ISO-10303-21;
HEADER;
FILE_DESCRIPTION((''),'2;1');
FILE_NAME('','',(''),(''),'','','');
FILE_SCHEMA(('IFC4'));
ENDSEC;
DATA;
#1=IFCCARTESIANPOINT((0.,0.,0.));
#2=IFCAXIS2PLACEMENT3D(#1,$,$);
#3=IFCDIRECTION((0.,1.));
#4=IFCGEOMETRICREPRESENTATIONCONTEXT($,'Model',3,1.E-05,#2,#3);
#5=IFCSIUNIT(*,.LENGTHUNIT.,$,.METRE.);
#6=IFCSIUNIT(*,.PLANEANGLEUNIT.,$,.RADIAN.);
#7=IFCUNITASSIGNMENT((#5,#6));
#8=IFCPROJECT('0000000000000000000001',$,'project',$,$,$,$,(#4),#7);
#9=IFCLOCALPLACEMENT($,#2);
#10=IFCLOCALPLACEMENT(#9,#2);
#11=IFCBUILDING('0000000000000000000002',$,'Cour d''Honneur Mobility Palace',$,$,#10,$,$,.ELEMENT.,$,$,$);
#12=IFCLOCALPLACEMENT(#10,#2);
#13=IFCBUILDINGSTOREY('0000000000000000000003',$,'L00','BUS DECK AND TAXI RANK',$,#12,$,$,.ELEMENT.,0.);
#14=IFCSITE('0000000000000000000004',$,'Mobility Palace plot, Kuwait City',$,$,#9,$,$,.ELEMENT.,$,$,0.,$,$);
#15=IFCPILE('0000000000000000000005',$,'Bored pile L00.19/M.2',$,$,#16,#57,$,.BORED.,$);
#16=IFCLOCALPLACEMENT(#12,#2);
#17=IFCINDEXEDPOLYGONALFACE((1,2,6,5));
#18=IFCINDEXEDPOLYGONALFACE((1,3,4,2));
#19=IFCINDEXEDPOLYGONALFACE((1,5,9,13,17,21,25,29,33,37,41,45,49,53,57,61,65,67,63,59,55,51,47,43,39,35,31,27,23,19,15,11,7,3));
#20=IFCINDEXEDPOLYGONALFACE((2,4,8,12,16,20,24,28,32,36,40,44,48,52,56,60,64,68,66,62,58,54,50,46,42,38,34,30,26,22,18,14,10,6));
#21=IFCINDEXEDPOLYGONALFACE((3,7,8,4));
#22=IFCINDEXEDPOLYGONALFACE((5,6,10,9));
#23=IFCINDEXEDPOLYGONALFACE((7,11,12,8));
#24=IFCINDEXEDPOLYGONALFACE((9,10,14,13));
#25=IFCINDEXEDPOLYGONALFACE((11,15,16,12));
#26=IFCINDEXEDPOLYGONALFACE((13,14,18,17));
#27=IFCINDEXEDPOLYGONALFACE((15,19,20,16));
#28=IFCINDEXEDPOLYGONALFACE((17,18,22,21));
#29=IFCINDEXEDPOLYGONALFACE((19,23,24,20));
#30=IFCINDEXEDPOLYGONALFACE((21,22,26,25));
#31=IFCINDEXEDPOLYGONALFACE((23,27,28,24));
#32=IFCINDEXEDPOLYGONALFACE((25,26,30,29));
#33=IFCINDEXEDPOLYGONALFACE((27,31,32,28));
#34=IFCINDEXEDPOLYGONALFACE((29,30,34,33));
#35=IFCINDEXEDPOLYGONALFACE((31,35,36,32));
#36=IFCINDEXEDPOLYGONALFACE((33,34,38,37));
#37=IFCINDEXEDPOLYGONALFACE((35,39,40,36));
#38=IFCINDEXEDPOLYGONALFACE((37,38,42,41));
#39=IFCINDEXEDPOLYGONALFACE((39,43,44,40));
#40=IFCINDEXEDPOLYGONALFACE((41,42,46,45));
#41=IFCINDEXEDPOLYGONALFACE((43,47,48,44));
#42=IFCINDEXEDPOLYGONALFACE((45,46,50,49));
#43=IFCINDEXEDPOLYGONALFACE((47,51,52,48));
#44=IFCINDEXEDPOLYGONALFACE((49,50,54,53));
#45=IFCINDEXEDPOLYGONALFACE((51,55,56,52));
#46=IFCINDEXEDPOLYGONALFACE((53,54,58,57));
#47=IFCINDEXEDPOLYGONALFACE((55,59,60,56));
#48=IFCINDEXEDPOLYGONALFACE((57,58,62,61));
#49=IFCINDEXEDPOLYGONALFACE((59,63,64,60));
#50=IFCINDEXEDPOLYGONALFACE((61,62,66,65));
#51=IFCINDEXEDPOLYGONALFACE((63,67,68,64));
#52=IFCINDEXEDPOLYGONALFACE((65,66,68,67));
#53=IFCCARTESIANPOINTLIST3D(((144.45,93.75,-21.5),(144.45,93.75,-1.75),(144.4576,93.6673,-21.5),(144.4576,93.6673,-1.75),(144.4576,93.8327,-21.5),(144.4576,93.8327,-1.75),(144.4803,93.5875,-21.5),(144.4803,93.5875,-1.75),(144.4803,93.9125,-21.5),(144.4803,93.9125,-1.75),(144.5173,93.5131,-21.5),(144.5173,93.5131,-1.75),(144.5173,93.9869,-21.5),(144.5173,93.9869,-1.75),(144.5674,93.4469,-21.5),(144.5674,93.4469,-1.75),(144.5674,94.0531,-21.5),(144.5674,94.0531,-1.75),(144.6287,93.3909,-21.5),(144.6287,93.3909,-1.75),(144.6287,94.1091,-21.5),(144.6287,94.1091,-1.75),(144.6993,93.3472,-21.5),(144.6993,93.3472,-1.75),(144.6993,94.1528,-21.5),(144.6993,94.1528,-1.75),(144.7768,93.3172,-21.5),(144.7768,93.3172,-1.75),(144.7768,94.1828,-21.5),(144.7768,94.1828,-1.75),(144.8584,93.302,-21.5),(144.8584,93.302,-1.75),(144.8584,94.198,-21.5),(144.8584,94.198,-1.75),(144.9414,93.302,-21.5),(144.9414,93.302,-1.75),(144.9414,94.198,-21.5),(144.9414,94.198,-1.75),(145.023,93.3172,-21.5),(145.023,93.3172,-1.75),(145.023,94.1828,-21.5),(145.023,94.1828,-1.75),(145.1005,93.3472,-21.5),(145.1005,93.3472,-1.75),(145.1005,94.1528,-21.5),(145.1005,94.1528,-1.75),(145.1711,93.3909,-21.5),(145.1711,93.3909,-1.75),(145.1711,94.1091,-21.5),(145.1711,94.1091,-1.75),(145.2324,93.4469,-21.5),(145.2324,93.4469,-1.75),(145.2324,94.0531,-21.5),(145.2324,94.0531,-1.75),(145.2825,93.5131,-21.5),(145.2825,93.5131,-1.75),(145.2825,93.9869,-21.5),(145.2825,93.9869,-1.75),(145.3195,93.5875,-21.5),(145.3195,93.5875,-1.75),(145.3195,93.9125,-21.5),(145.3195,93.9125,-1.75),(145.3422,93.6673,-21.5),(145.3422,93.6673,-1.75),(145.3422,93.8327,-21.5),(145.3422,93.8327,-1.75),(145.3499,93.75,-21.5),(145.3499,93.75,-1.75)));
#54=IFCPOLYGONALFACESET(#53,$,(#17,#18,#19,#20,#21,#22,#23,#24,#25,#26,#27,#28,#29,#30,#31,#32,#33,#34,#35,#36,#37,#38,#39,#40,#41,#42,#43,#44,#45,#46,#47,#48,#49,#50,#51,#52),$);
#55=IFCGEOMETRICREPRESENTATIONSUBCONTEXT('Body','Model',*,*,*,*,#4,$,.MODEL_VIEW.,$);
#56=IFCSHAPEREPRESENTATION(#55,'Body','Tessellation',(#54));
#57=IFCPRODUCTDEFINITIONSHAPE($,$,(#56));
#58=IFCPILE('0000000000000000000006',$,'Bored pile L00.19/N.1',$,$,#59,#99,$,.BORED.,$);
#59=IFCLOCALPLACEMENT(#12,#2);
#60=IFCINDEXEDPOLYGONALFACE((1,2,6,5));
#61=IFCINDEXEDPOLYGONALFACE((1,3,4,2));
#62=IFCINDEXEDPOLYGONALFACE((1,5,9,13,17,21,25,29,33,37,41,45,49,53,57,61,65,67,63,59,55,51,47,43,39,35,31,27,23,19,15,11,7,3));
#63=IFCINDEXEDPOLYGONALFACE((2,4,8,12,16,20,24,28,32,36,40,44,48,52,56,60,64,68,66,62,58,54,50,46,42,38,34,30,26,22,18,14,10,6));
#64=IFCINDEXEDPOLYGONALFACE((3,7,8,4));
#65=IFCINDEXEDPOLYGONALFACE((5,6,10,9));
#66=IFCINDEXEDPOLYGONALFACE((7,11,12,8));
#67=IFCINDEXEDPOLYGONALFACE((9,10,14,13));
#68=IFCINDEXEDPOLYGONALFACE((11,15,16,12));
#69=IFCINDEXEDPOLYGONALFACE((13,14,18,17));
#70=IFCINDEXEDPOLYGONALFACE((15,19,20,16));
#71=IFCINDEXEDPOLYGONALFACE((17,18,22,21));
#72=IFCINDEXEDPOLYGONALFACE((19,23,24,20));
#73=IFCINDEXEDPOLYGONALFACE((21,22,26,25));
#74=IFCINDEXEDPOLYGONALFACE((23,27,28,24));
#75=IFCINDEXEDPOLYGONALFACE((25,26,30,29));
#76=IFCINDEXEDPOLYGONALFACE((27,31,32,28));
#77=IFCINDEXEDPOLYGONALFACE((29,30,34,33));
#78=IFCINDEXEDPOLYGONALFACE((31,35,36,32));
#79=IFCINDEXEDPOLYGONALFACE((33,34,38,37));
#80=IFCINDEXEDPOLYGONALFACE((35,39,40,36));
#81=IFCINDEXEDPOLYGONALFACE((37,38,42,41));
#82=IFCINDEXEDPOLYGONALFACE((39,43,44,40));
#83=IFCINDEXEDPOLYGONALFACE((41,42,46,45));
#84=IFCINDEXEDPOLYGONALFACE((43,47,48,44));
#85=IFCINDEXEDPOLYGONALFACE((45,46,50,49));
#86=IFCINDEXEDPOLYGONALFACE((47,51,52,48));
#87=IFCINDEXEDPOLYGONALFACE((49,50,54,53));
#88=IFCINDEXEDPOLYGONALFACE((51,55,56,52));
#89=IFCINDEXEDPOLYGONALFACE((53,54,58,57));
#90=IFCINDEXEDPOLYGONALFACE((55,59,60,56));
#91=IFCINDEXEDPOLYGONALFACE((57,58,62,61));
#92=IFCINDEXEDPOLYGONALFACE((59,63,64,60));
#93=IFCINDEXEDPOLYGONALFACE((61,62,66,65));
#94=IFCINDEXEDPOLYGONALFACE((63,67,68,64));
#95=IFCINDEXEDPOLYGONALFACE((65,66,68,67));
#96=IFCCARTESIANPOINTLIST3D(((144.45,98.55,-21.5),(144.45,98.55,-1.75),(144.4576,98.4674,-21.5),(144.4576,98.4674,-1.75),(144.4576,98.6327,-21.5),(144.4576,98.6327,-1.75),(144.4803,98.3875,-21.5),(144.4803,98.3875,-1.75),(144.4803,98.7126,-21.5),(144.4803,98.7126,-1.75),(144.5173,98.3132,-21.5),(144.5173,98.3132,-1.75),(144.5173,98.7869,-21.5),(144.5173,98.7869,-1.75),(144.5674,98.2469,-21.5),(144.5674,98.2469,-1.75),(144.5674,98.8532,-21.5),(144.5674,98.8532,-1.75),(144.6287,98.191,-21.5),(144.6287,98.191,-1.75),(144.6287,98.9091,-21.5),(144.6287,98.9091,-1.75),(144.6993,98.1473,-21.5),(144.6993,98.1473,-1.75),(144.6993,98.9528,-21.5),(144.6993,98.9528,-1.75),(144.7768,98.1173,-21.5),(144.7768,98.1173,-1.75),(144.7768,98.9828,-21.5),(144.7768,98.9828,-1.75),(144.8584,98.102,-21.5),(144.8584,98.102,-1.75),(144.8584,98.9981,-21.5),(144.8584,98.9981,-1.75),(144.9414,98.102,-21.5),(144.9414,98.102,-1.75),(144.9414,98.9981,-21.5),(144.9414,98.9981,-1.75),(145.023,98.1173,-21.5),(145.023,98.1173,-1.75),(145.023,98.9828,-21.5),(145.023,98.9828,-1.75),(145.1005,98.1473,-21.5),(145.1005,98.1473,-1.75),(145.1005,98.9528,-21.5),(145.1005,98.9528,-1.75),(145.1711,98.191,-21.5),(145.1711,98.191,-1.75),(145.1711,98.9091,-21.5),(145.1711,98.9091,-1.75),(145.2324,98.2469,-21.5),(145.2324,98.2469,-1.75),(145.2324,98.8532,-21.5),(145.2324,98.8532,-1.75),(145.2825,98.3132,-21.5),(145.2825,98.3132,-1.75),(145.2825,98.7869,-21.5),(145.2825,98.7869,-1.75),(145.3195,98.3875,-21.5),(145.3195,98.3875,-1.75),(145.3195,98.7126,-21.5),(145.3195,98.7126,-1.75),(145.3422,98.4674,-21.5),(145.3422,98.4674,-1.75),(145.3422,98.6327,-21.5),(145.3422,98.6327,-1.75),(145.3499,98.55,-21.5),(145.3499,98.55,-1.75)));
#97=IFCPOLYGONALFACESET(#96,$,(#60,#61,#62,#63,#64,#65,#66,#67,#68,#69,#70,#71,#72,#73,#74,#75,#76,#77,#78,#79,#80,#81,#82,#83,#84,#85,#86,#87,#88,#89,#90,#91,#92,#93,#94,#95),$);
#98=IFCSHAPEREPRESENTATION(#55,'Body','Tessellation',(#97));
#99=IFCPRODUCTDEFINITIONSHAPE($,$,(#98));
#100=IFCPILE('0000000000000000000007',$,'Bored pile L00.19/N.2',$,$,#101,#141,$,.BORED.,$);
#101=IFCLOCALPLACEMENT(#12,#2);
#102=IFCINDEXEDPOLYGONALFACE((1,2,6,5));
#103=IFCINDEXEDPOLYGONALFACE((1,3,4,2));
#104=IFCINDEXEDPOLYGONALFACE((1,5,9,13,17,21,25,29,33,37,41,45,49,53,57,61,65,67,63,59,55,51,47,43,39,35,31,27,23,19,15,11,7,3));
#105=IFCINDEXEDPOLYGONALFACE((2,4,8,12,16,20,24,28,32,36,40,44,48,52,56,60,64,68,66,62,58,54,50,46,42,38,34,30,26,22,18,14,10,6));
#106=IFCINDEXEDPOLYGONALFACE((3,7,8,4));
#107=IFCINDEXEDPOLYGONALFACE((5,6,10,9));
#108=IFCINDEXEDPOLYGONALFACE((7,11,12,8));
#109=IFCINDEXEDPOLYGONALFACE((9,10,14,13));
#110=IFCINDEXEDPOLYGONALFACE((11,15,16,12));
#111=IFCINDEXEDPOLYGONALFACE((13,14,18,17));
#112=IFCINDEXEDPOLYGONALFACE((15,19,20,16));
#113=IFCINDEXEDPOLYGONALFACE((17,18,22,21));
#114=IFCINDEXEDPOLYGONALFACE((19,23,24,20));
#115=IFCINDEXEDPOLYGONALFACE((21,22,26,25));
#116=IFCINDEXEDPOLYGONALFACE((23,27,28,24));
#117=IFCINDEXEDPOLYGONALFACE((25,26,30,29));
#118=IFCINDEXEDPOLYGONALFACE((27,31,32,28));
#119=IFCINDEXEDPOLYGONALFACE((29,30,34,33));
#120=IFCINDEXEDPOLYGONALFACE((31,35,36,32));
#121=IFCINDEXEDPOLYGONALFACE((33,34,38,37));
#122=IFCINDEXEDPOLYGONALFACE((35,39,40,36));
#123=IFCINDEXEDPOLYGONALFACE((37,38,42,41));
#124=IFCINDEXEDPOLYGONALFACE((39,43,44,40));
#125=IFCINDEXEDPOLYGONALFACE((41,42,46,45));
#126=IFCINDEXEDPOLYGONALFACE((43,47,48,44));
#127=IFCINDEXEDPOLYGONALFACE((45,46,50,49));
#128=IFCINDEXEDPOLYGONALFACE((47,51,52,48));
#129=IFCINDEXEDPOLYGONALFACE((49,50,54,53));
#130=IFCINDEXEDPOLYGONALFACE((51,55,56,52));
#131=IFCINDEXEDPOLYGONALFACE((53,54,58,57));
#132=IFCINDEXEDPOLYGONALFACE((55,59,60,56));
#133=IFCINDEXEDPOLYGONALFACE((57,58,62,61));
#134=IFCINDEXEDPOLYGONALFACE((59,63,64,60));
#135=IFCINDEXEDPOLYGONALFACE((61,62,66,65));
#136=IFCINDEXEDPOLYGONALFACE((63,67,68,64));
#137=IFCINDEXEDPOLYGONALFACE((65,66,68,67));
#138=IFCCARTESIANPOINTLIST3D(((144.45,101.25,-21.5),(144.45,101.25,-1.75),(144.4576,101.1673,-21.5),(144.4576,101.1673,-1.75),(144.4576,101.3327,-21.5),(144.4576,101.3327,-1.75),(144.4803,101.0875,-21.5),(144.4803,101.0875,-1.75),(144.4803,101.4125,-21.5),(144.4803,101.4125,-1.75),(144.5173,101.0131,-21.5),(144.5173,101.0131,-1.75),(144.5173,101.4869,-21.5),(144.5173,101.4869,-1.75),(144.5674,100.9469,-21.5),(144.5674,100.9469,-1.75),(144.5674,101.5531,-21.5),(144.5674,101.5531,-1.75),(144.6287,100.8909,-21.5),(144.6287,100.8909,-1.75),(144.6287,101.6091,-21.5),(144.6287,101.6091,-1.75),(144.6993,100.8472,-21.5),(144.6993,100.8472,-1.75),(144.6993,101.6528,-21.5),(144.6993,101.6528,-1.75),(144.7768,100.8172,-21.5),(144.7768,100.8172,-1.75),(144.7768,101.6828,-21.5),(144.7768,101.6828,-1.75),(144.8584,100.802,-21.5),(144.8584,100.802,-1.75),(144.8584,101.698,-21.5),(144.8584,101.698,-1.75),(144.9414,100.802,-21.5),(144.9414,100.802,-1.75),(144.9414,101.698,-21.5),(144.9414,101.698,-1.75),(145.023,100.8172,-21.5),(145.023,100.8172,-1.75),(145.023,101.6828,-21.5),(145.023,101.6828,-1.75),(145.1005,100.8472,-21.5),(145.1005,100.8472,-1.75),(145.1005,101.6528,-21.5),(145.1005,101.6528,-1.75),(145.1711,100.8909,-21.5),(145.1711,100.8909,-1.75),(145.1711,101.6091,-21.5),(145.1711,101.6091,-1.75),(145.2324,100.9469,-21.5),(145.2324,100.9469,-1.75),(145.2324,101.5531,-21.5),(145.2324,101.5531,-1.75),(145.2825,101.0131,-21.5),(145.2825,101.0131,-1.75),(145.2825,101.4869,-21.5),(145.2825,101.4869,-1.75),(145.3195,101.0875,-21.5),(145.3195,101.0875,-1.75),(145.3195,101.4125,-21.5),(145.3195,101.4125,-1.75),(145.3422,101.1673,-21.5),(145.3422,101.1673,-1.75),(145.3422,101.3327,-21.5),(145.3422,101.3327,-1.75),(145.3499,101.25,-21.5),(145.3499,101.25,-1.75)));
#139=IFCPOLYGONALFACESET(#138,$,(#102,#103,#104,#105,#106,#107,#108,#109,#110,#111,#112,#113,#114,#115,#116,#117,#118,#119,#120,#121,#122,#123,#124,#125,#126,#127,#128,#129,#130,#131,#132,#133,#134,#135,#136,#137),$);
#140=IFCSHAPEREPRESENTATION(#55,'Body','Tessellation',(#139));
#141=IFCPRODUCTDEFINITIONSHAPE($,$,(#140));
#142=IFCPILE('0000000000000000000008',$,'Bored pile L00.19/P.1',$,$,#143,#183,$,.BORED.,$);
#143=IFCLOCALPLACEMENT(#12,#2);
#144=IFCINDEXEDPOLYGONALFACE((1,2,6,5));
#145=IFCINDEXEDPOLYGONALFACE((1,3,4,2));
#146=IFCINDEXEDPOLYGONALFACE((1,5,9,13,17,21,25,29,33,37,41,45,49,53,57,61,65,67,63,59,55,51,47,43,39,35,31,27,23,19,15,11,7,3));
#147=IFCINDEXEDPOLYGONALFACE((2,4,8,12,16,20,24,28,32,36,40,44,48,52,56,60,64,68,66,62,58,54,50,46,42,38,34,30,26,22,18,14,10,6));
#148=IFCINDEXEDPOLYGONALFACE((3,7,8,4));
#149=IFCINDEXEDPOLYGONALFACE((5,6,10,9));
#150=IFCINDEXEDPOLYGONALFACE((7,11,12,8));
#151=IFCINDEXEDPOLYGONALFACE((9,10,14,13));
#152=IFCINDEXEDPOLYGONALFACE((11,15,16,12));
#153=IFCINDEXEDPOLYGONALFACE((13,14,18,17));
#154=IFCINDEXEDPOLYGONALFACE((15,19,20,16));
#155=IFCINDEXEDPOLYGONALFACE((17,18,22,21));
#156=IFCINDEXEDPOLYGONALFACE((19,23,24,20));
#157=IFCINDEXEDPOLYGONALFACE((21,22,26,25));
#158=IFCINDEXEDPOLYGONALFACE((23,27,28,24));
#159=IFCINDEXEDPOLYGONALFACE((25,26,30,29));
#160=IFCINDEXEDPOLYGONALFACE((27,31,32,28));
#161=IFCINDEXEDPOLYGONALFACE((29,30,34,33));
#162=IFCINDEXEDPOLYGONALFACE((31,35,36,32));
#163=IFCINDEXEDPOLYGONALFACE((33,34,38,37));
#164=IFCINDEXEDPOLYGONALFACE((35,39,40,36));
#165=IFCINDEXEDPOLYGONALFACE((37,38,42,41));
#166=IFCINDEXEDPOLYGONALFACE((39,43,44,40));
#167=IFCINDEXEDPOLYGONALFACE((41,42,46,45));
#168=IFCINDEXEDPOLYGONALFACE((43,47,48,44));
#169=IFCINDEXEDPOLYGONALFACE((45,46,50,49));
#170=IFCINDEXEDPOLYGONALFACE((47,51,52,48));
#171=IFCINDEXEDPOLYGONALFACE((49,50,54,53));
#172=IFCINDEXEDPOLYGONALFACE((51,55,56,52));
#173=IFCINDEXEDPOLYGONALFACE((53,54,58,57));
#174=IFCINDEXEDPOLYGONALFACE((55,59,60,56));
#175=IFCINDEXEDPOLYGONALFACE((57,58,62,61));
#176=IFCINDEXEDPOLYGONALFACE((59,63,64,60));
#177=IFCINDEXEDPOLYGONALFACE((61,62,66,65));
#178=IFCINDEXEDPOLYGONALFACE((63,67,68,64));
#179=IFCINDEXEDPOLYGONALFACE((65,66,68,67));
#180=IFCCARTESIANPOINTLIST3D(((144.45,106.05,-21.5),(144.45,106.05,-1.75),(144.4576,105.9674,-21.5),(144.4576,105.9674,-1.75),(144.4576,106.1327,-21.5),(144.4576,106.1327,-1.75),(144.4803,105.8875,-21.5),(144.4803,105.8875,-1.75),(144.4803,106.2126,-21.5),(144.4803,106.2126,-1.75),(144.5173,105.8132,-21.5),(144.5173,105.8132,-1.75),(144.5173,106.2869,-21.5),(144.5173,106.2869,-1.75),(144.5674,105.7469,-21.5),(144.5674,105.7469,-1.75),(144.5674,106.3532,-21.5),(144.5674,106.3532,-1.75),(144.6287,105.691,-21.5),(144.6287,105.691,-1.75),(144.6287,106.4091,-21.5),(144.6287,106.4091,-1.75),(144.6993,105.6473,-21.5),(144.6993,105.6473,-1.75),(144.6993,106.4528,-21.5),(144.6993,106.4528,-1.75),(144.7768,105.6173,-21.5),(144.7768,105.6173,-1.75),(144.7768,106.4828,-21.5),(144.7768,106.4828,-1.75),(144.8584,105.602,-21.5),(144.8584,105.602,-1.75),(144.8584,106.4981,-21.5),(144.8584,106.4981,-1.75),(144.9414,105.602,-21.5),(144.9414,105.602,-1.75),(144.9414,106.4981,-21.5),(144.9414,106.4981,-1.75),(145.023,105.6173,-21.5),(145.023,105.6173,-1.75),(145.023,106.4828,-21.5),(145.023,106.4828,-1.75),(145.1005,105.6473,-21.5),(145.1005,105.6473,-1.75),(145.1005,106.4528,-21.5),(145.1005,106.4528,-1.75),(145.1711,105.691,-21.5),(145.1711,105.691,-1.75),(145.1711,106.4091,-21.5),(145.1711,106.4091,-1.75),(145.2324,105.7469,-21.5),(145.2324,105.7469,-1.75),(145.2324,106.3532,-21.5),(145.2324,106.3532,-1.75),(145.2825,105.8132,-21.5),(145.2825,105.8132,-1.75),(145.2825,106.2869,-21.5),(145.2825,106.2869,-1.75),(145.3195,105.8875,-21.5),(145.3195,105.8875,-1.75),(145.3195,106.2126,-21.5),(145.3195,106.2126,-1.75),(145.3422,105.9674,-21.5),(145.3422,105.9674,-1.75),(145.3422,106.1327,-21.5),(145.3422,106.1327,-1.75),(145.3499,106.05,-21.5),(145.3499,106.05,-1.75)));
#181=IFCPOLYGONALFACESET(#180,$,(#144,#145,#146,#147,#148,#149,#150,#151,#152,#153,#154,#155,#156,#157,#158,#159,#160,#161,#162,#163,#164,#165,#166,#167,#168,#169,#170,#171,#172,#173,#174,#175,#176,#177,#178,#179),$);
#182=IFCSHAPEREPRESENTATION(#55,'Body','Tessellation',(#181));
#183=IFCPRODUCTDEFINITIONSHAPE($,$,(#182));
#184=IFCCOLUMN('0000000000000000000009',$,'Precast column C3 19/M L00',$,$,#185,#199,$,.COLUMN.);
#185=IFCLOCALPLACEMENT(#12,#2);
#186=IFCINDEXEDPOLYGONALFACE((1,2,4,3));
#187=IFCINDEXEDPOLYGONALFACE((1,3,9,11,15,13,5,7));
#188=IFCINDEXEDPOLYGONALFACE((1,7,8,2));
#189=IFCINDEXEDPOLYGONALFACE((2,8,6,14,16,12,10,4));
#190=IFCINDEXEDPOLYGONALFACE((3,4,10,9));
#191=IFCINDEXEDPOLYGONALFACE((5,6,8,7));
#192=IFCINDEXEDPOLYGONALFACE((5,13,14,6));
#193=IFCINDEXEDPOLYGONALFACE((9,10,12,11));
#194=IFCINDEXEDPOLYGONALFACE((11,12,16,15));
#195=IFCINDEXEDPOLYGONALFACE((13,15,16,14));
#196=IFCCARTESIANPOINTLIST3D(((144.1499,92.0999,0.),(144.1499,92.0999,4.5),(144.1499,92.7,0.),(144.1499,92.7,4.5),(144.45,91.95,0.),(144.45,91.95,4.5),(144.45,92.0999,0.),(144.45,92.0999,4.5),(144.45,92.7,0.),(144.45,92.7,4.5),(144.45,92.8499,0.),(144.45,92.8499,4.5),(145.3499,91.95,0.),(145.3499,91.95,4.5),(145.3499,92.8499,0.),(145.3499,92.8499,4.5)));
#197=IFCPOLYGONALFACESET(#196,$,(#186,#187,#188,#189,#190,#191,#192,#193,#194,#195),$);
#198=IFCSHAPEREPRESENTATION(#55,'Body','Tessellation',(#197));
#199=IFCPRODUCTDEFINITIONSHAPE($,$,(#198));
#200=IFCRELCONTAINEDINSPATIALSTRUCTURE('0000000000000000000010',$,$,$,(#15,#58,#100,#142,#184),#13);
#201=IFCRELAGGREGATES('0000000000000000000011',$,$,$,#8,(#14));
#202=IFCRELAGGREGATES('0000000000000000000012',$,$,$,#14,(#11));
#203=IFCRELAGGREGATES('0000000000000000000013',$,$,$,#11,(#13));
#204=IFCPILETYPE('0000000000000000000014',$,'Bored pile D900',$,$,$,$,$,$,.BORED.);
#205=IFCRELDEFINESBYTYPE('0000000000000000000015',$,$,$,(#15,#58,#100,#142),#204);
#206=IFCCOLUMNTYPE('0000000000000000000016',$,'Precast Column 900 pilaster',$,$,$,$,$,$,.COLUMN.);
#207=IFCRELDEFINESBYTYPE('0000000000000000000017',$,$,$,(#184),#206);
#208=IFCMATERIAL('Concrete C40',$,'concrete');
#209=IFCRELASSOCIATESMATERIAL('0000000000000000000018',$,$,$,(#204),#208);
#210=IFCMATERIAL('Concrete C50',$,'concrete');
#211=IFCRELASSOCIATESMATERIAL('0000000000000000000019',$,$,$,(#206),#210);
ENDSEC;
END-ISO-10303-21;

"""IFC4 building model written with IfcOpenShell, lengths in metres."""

from ifc_helpers import new_model, si_unit, direction, frame, origin, origin_2d, place, context, subcontext, project, spatial, polyline, circle, outline, extrude, material, material_profile, profile_set, type_object, element, save


model = new_model("IFC4")

# Units and contexts
model_context = context("Model", 3, precision=1e-05, world=origin(), true_north=direction((0.0, 1.0)))
body_context = subcontext(model_context, "Body", "Model", "MODEL_VIEW")
ifc_project = project(units=[si_unit("LENGTHUNIT", "METRE"), si_unit("PLANEANGLEUNIT", "RADIAN")], contexts=[model_context])

# Site, building, storey
site_placement = place(None, origin())
site = spatial("IfcSite", under=ifc_project, at=site_placement, Name="Mobility Palace plot, Kuwait City", CompositionType="ELEMENT", RefElevation=0.0)
building_placement = place(site_placement, origin())
building = spatial("IfcBuilding", under=site, at=building_placement, Name="Cour d'Honneur Mobility Palace", CompositionType="ELEMENT")
storey_placement = place(building_placement, origin())
storey = spatial("IfcBuildingStorey", under=building, at=storey_placement, Name="L00", Description="BUS DECK AND TAXI RANK", CompositionType="ELEMENT", Elevation=0.0)

# Piles
ifc_material_1 = material(Name="Concrete C40", Category="concrete")
ifc_material_profile_1 = material_profile(ifc_material_1, circle(Radius=0.45, at=origin_2d()), Name="Bored pile D900")
ifc_profile_set_1 = profile_set([ifc_material_profile_1], Name="Concrete C40")
pile_type = type_object("IfcPileType", Name="Bored pile D900", PredefinedType="BORED", material=ifc_profile_set_1)
for number, where, z_axis, x_axis, name in (
    (1, (144.8999, 93.75, -1.75), (0.0, 0.0, -1.0), (1.0, 0.0, 0.0), "Bored pile L00.19/M.2"),
    (2, (144.8999, 98.55, -1.75), (0.0, 0.0, -1.0), (1.0, 0.0, 0.0), "Bored pile L00.19/N.1"),
    (3, (144.8999, 101.25, -1.75), (0.0, 0.0, -1.0), (1.0, 0.0, 0.0), "Bored pile L00.19/N.2"),
    (4, (144.8999, 106.05, -1.75), (0.0, 0.0, -1.0), (1.0, 0.0, 0.0), "Bored pile L00.19/P.1"),
):
    element("IfcPile", number, at=place(storey_placement, frame(where, z_axis=z_axis, x_axis=x_axis)), inside=storey, type_object=pile_type, Name=name, PredefinedType="BORED", context=body_context, shape_type="SweptSolid", body=[
        extrude(circle(Radius=0.45, at=origin_2d()), origin(), (0.0, 0.0, 1.0), 19.75),
    ])

# Column
ifc_material_2 = material(Name="Concrete C50", Category="concrete")
ifc_material_profile_2 = material_profile(ifc_material_2, outline(polyline([(-0.45, -0.45), (0.45, -0.45), (0.45, -0.3), (0.75, -0.3), (0.75, 0.3), (0.45, 0.3), (0.45, 0.45), (-0.45, 0.45), (-0.45, -0.45)])), Name="PC C900 pilaster")
ifc_profile_set_2 = profile_set([ifc_material_profile_2], Name="Concrete C50")
column_type = type_object("IfcColumnType", Name="Precast Column 900 pilaster", PredefinedType="COLUMN", material=ifc_profile_set_2)
for number, where, z_axis, x_axis, name in (
    (5, (144.8999, 92.3999, 0.0), (0.0, 0.0, 1.0), (-1.0, 0.0, 0.0), "Precast column C3 19/M L00"),
):
    element("IfcColumn", number, at=place(storey_placement, frame(where, z_axis=z_axis, x_axis=x_axis)), inside=storey, type_object=column_type, Name=name, PredefinedType="COLUMN", context=body_context, shape_type="SweptSolid", body=[
        extrude(outline(polyline([(-0.45, -0.45), (0.45, -0.45), (0.45, -0.3), (0.75, -0.3), (0.75, 0.3), (0.45, 0.3), (0.45, 0.45), (-0.45, 0.45), (-0.45, -0.45)])), origin(), (0.0, 0.0, 1.0), 4.5),
    ])

save(model, "model.ifc")
